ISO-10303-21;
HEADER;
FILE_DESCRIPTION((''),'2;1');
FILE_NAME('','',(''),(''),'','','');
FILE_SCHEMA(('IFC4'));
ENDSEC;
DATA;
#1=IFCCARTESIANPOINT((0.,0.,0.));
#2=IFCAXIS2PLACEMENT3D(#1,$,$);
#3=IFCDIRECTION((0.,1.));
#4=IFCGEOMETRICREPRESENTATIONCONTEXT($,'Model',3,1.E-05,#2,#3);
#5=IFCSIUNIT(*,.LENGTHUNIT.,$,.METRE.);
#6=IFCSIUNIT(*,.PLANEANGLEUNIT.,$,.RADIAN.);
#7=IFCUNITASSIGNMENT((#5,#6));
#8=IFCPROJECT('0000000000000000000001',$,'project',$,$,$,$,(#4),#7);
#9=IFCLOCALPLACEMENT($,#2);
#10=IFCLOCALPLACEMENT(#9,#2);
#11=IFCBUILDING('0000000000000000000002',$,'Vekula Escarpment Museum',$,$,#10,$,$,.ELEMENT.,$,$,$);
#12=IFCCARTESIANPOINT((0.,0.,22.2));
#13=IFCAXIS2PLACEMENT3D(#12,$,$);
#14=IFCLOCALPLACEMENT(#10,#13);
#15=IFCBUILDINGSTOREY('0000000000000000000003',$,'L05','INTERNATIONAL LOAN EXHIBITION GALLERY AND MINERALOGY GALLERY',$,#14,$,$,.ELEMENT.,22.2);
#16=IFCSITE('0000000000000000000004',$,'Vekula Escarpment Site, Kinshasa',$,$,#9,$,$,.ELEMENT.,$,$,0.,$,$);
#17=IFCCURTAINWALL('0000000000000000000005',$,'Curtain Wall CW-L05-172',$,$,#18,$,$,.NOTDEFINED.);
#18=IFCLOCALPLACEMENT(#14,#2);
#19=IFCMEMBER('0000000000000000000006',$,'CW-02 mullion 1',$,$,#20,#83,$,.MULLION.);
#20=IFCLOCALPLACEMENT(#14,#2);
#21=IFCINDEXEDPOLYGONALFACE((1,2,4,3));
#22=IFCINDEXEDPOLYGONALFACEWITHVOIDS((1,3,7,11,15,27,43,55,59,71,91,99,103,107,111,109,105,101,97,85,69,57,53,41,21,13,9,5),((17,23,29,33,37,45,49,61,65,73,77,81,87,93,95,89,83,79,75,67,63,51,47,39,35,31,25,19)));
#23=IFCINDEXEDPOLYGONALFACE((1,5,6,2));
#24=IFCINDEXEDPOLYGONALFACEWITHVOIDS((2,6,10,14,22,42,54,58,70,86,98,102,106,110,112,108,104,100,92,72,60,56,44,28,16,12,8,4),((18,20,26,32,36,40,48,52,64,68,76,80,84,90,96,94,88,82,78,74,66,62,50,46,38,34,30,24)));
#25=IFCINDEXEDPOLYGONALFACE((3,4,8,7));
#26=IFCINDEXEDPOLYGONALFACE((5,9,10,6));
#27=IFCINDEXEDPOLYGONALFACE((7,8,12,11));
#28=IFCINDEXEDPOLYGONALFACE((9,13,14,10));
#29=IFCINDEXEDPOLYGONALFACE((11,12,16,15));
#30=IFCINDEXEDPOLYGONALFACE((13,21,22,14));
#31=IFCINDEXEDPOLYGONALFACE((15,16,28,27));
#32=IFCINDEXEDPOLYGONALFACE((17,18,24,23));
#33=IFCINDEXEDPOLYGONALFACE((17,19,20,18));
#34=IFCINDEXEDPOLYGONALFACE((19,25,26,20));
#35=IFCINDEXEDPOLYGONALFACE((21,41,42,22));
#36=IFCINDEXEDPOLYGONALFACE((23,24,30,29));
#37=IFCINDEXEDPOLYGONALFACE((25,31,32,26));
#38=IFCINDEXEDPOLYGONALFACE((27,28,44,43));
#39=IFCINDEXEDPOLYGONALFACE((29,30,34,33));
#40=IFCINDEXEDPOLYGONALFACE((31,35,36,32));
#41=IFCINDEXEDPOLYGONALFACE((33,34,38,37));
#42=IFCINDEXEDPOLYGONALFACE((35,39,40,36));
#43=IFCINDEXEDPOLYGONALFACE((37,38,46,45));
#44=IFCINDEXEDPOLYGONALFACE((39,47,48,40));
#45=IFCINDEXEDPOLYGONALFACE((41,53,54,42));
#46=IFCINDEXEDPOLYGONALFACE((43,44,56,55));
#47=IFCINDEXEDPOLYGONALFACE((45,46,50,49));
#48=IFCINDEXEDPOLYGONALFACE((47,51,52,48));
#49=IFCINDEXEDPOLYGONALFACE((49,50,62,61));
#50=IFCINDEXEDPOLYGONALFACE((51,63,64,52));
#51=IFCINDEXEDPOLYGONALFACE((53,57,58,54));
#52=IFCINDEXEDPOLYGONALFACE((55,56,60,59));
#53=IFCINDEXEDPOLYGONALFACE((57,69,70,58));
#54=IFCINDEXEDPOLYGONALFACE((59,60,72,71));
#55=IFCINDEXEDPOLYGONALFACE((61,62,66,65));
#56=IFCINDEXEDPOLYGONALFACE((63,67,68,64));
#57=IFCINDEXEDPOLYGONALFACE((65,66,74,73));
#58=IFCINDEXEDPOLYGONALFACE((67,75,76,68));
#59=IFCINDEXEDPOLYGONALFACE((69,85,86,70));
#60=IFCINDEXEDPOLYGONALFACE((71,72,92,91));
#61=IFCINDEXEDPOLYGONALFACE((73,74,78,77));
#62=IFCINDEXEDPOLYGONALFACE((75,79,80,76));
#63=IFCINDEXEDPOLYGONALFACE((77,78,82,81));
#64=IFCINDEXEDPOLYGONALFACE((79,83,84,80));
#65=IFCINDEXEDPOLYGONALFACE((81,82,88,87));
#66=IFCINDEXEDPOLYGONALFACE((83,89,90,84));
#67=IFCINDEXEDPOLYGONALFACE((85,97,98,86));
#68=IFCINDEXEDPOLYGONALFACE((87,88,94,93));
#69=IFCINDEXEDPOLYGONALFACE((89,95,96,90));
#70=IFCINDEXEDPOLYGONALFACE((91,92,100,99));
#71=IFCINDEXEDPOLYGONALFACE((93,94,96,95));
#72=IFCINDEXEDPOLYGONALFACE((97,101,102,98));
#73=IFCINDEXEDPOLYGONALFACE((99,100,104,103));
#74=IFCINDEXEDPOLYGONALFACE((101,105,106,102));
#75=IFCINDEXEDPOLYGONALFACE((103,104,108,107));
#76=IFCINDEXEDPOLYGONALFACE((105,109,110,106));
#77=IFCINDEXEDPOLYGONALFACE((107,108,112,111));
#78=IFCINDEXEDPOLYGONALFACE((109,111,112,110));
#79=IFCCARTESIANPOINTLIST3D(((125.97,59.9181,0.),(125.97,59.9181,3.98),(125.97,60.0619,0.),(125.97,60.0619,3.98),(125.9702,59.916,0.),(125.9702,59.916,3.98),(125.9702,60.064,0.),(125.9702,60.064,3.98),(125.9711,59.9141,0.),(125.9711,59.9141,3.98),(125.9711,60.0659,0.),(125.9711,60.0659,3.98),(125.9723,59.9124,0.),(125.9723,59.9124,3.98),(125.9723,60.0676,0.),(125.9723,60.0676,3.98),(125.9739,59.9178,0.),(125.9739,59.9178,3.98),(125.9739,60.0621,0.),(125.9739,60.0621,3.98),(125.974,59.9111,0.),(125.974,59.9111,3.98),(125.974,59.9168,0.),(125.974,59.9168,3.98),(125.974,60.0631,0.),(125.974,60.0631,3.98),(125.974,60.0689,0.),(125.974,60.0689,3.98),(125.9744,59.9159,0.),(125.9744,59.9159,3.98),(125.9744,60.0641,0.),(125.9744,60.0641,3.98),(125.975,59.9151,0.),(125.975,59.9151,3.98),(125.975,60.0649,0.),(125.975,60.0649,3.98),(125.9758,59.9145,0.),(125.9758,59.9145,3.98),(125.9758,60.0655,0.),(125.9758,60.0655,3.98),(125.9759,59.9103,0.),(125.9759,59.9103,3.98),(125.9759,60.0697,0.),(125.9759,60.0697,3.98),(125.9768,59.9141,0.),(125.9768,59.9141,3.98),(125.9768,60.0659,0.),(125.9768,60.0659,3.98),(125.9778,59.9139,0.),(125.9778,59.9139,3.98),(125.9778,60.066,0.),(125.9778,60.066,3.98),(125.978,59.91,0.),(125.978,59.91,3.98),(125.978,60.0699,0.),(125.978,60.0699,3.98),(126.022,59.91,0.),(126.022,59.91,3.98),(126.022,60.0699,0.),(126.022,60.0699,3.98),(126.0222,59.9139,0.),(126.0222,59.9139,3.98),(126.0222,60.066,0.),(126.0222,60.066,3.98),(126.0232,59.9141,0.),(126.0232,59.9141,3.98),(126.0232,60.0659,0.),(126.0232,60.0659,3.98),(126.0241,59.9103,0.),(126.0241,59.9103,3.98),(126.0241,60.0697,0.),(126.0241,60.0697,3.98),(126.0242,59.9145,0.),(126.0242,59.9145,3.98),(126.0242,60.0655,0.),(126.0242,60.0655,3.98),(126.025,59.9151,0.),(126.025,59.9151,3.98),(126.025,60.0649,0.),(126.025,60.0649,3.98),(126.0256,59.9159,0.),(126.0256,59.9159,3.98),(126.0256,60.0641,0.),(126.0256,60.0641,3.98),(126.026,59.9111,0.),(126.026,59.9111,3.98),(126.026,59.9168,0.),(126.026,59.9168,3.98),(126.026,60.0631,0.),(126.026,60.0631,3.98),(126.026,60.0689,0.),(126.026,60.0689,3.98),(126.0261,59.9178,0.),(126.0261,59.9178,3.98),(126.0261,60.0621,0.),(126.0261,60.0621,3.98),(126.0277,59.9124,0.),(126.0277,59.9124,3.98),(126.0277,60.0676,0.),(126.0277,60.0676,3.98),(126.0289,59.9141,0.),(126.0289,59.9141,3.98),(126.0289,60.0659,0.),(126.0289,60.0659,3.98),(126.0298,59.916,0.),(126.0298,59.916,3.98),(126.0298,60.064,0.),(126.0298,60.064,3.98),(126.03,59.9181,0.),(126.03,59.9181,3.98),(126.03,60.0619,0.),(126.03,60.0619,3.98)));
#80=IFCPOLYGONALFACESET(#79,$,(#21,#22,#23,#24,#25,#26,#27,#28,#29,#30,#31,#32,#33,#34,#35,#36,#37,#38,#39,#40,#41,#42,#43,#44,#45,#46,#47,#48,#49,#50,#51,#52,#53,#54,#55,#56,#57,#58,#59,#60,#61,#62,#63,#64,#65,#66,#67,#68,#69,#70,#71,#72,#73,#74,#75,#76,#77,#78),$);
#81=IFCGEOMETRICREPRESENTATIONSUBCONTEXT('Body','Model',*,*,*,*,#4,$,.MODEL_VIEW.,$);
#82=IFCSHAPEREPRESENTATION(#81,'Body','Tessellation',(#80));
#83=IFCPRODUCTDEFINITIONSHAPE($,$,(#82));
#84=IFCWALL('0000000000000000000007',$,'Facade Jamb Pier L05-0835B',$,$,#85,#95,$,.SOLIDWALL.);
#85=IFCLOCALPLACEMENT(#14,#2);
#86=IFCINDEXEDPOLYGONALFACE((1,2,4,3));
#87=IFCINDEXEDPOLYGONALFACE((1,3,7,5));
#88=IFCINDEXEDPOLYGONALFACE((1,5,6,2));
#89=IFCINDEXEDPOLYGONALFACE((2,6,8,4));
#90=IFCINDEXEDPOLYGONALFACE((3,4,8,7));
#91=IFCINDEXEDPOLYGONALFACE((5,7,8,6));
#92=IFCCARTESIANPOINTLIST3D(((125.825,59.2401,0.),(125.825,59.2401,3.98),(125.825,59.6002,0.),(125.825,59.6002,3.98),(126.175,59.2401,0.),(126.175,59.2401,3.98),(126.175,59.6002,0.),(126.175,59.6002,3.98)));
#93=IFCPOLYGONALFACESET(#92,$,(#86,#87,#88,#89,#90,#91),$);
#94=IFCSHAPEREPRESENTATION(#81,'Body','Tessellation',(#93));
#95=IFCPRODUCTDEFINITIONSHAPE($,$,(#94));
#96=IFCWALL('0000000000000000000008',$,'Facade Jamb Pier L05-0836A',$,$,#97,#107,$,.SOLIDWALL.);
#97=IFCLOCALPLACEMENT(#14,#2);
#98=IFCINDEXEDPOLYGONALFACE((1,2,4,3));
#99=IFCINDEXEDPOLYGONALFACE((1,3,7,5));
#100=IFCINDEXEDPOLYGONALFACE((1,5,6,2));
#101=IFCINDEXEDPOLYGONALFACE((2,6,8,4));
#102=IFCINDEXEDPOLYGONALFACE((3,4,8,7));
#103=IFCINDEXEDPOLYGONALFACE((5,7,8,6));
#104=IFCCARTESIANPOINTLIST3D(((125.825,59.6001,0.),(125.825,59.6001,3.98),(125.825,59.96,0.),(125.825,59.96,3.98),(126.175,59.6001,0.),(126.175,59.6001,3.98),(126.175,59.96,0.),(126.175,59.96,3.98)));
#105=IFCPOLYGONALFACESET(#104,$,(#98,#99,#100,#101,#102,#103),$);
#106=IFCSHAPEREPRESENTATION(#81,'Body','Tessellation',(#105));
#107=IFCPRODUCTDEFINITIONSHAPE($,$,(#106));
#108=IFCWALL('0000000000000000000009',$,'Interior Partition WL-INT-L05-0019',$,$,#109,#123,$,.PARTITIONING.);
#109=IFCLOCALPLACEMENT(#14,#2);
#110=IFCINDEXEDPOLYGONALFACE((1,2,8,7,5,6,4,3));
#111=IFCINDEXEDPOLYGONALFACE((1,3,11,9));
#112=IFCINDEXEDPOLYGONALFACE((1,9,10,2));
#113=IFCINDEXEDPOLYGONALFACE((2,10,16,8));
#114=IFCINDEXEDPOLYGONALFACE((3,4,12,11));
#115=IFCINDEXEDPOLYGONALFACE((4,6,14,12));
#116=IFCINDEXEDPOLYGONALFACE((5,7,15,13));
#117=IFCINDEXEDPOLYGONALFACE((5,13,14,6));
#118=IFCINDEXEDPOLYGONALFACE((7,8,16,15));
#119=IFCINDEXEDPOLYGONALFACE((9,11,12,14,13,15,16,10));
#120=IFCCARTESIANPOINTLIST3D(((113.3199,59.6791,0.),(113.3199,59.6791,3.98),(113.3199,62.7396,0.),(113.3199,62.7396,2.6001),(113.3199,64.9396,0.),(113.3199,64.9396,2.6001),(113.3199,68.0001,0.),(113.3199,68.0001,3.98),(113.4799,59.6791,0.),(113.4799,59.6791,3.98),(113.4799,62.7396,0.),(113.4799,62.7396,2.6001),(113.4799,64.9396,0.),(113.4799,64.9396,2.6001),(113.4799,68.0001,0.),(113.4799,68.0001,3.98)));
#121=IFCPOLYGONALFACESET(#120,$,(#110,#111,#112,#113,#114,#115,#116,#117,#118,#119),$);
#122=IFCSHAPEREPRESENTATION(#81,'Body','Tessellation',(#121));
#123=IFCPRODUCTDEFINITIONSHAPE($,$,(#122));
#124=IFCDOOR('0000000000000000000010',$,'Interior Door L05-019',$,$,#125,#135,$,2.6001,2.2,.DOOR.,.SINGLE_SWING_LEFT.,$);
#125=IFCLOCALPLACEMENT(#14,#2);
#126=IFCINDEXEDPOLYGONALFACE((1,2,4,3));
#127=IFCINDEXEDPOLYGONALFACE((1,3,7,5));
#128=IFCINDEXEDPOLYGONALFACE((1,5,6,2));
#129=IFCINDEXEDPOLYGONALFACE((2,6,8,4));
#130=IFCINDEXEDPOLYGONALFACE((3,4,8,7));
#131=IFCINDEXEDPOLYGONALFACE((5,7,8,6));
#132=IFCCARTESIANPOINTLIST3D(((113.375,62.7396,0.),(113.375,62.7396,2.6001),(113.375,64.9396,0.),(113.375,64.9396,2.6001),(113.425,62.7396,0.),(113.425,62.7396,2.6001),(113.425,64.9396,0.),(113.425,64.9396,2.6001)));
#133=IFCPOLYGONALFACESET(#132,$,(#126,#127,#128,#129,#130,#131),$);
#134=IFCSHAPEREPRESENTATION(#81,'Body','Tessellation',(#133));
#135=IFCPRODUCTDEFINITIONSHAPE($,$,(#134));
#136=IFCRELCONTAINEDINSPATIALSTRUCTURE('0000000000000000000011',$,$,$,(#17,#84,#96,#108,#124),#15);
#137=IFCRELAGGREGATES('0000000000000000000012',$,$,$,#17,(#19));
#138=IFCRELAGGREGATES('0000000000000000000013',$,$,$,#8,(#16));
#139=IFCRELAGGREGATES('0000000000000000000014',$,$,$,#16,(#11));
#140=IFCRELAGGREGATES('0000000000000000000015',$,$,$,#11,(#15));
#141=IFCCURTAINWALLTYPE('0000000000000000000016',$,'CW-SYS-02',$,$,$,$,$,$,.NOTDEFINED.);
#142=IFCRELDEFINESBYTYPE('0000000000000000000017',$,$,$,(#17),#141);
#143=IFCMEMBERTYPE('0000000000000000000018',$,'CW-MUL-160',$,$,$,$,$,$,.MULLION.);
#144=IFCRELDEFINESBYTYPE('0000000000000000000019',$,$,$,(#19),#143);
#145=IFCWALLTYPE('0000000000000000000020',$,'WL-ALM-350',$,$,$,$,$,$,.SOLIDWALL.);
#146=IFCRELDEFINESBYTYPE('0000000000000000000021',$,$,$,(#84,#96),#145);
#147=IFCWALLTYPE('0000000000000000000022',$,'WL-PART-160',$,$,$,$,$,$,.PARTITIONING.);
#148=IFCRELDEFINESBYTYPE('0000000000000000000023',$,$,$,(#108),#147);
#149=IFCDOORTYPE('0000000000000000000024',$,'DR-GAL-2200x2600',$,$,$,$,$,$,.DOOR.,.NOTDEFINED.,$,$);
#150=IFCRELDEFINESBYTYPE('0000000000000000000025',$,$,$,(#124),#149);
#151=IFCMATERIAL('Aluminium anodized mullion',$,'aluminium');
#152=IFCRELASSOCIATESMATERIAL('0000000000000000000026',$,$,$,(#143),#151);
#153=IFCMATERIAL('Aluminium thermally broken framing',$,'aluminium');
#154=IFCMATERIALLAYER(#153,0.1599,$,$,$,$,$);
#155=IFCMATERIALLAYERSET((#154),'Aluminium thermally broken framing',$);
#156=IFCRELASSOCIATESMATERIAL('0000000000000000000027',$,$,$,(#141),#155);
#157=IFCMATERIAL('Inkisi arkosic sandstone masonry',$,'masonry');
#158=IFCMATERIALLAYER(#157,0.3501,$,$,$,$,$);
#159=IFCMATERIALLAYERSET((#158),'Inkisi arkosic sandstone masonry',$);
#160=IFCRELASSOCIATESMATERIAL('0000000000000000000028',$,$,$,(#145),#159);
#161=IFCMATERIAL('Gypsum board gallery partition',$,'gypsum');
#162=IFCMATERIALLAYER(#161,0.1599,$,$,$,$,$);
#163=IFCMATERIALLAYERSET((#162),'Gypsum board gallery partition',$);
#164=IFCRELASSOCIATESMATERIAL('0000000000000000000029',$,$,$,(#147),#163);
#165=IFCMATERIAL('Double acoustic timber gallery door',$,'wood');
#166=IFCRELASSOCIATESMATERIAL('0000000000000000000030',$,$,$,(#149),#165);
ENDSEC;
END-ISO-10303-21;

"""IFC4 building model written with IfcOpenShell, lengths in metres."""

from ifc_helpers import new_model, si_unit, direction, frame, frame_2d, origin, origin_2d, place, context, subcontext, project, spatial, rectangle, hollow_rectangle, extrude, material, layer, layer_set, material_profile, profile_set, type_object, element, fill, aggregate, save


model = new_model("IFC4")

# Units and contexts
model_context = context("Model", 3, precision=1e-05, world=origin(), true_north=direction((0.0, 1.0)))
body_context = subcontext(model_context, "Body", "Model", "MODEL_VIEW")
ifc_project = project(units=[si_unit("LENGTHUNIT", "METRE"), si_unit("PLANEANGLEUNIT", "RADIAN")], contexts=[model_context])

# Site, building, storey
site_placement = place(None, origin())
site = spatial("IfcSite", under=ifc_project, at=site_placement, Name="Vekula Escarpment Site, Kinshasa", CompositionType="ELEMENT", RefElevation=0.0)
building_placement = place(site_placement, origin())
building = spatial("IfcBuilding", under=site, at=building_placement, Name="Vekula Escarpment Museum", CompositionType="ELEMENT")
storey_placement = place(building_placement, frame((0.0, 0.0, 22.2)))
storey = spatial("IfcBuildingStorey", under=building, at=storey_placement, Name="L05", Description="INTERNATIONAL LOAN EXHIBITION GALLERY AND MINERALOGY GALLERY", CompositionType="ELEMENT", Elevation=22.2)

# Curtain wall, member
ifc_material_1 = material(Name="Aluminium anodized mullion", Category="aluminium")
ifc_material_profile_1 = material_profile(ifc_material_1, hollow_rectangle(XDim=0.0601, YDim=0.1599, WallThickness=0.0039, InnerFilletRadius=0.0039, OuterFilletRadius=0.0081, at=origin_2d()), Name="ALU 160x60x4")
ifc_profile_set_1 = profile_set([ifc_material_profile_1], Name="Aluminium anodized mullion")
member_type = type_object("IfcMemberType", Name="CW-MUL-160", PredefinedType="MULLION", material=ifc_profile_set_1)
ifc_material_2 = material(Name="Aluminium thermally broken framing", Category="aluminium")
ifc_layer_1 = layer(ifc_material_2, 0.1599)
ifc_layer_set_1 = layer_set([ifc_layer_1], Name="Aluminium thermally broken framing")
curtain_wall_type_1 = type_object("IfcCurtainWallType", Name="CW-SYS-02", PredefinedType="NOTDEFINED", material=ifc_layer_set_1)
curtain_wall_1_placement = place(storey_placement, origin())
curtain_wall_1 = element("IfcCurtainWall", 1, at=curtain_wall_1_placement, inside=storey, type_object=curtain_wall_type_1, Name="Curtain Wall CW-L05-172", PredefinedType="NOTDEFINED")
member_1_placement = place(storey_placement, frame((126.0, 59.99, 0.0), z_axis=(0.0, 0.0, 1.0), x_axis=(-1.0, 0.0, 0.0)))
member_1 = element("IfcMember", 2, at=member_1_placement, type_object=member_type, Name="CW-02 mullion 1", PredefinedType="MULLION", context=body_context, shape_type="SweptSolid", body=[
    extrude(hollow_rectangle(XDim=0.0601, YDim=0.1599, WallThickness=0.0039, InnerFilletRadius=0.0039, OuterFilletRadius=0.0081, at=origin_2d()), origin(), (0.0, 0.0, 1.0), 3.98),
])
aggregate(curtain_wall_1, [member_1])

# Walls
ifc_material_3 = material(Name="Inkisi arkosic sandstone masonry", Category="masonry")
ifc_layer_2 = layer(ifc_material_3, 0.3501)
ifc_layer_set_2 = layer_set([ifc_layer_2], Name="Inkisi arkosic sandstone masonry")
wall_type_1 = type_object("IfcWallType", Name="WL-ALM-350", PredefinedType="SOLIDWALL", material=ifc_layer_set_2)
wall_1_placement = place(storey_placement, frame((126.0, 59.24, 0.0), z_axis=(0.0, 0.0, 1.0), x_axis=(0.0, 1.0, 0.0)))
element("IfcWall", 3, at=wall_1_placement, inside=storey, type_object=wall_type_1, Name="Facade Jamb Pier L05-0835B", PredefinedType="SOLIDWALL", context=body_context, shape_type="SweptSolid", body=[
    extrude(rectangle(XDim=0.3601, YDim=0.3501, at=frame_2d((0.1802, 0.0))), origin(), (0.0, 0.0, 1.0), 3.98),
])
wall_2_placement = place(storey_placement, frame((126.0, 59.6001, 0.0), z_axis=(0.0, 0.0, 1.0), x_axis=(0.0, 1.0, 0.0)))
element("IfcWall", 4, at=wall_2_placement, inside=storey, type_object=wall_type_1, Name="Facade Jamb Pier L05-0836A", PredefinedType="SOLIDWALL", context=body_context, shape_type="SweptSolid", body=[
    extrude(rectangle(XDim=0.3599, YDim=0.3501, at=frame_2d((0.1799, 0.0))), origin(), (0.0, 0.0, 1.0), 3.98),
])

# Wall, opening, door
ifc_material_4 = material(Name="Gypsum board gallery partition", Category="gypsum")
ifc_layer_3 = layer(ifc_material_4, 0.1599)
ifc_layer_set_3 = layer_set([ifc_layer_3], Name="Gypsum board gallery partition")
wall_type_2 = type_object("IfcWallType", Name="WL-PART-160", PredefinedType="PARTITIONING", material=ifc_layer_set_3)
wall_3_placement = place(storey_placement, frame((113.3999, 59.679, 0.0), z_axis=(0.0, 0.0, 1.0), x_axis=(0.0, 1.0, 0.0)))
wall_3 = element("IfcWall", 5, at=wall_3_placement, inside=storey, type_object=wall_type_2, Name="Interior Partition WL-INT-L05-0019", PredefinedType="PARTITIONING", context=body_context, shape_type="SweptSolid", body=[
    extrude(rectangle(XDim=8.321, YDim=0.1599, at=frame_2d((4.1606, 0.0))), origin(), (0.0, 0.0, 1.0), 3.98),
])
opening_1_placement = place(wall_3_placement, frame((3.0605, 0.0, 0.0)))
opening_1 = element("IfcOpeningElement", 6, at=opening_1_placement, cuts=wall_3, PredefinedType="OPENING", context=body_context, shape_type="SweptSolid", body=[
    extrude(rectangle(XDim=2.2, YDim=2.6001, at=frame_2d((1.1001, 1.3))), frame((0.0, 0.0898, 0.0), z_axis=(0.0, -1.0, 0.0), x_axis=(1.0, 0.0, 0.0)), (0.0, 0.0, 1.0), 0.1799),
])
ifc_material_5 = material(Name="Double acoustic timber gallery door", Category="wood")
door_type_1 = type_object("IfcDoorType", Name="DR-GAL-2200x2600", OperationType="NOTDEFINED", PredefinedType="DOOR", material=ifc_material_5)
door_1_placement = place(opening_1_placement, origin())
door_1 = element("IfcDoor", 7, at=door_1_placement, inside=storey, type_object=door_type_1, Name="Interior Door L05-019", OperationType="SINGLE_SWING_LEFT", OverallHeight=2.6001, OverallWidth=2.2, PredefinedType="DOOR", context=body_context, shape_type="SweptSolid", body=[
    extrude(rectangle(XDim=2.2, YDim=2.6001, at=frame_2d((1.1001, 1.3))), frame((0.0, 0.0249, 0.0), z_axis=(0.0, -1.0, 0.0), x_axis=(1.0, 0.0, 0.0)), (0.0, 0.0, 1.0), 0.05),
])
fill(opening_1, door_1)

save(model, "model.ifc")
